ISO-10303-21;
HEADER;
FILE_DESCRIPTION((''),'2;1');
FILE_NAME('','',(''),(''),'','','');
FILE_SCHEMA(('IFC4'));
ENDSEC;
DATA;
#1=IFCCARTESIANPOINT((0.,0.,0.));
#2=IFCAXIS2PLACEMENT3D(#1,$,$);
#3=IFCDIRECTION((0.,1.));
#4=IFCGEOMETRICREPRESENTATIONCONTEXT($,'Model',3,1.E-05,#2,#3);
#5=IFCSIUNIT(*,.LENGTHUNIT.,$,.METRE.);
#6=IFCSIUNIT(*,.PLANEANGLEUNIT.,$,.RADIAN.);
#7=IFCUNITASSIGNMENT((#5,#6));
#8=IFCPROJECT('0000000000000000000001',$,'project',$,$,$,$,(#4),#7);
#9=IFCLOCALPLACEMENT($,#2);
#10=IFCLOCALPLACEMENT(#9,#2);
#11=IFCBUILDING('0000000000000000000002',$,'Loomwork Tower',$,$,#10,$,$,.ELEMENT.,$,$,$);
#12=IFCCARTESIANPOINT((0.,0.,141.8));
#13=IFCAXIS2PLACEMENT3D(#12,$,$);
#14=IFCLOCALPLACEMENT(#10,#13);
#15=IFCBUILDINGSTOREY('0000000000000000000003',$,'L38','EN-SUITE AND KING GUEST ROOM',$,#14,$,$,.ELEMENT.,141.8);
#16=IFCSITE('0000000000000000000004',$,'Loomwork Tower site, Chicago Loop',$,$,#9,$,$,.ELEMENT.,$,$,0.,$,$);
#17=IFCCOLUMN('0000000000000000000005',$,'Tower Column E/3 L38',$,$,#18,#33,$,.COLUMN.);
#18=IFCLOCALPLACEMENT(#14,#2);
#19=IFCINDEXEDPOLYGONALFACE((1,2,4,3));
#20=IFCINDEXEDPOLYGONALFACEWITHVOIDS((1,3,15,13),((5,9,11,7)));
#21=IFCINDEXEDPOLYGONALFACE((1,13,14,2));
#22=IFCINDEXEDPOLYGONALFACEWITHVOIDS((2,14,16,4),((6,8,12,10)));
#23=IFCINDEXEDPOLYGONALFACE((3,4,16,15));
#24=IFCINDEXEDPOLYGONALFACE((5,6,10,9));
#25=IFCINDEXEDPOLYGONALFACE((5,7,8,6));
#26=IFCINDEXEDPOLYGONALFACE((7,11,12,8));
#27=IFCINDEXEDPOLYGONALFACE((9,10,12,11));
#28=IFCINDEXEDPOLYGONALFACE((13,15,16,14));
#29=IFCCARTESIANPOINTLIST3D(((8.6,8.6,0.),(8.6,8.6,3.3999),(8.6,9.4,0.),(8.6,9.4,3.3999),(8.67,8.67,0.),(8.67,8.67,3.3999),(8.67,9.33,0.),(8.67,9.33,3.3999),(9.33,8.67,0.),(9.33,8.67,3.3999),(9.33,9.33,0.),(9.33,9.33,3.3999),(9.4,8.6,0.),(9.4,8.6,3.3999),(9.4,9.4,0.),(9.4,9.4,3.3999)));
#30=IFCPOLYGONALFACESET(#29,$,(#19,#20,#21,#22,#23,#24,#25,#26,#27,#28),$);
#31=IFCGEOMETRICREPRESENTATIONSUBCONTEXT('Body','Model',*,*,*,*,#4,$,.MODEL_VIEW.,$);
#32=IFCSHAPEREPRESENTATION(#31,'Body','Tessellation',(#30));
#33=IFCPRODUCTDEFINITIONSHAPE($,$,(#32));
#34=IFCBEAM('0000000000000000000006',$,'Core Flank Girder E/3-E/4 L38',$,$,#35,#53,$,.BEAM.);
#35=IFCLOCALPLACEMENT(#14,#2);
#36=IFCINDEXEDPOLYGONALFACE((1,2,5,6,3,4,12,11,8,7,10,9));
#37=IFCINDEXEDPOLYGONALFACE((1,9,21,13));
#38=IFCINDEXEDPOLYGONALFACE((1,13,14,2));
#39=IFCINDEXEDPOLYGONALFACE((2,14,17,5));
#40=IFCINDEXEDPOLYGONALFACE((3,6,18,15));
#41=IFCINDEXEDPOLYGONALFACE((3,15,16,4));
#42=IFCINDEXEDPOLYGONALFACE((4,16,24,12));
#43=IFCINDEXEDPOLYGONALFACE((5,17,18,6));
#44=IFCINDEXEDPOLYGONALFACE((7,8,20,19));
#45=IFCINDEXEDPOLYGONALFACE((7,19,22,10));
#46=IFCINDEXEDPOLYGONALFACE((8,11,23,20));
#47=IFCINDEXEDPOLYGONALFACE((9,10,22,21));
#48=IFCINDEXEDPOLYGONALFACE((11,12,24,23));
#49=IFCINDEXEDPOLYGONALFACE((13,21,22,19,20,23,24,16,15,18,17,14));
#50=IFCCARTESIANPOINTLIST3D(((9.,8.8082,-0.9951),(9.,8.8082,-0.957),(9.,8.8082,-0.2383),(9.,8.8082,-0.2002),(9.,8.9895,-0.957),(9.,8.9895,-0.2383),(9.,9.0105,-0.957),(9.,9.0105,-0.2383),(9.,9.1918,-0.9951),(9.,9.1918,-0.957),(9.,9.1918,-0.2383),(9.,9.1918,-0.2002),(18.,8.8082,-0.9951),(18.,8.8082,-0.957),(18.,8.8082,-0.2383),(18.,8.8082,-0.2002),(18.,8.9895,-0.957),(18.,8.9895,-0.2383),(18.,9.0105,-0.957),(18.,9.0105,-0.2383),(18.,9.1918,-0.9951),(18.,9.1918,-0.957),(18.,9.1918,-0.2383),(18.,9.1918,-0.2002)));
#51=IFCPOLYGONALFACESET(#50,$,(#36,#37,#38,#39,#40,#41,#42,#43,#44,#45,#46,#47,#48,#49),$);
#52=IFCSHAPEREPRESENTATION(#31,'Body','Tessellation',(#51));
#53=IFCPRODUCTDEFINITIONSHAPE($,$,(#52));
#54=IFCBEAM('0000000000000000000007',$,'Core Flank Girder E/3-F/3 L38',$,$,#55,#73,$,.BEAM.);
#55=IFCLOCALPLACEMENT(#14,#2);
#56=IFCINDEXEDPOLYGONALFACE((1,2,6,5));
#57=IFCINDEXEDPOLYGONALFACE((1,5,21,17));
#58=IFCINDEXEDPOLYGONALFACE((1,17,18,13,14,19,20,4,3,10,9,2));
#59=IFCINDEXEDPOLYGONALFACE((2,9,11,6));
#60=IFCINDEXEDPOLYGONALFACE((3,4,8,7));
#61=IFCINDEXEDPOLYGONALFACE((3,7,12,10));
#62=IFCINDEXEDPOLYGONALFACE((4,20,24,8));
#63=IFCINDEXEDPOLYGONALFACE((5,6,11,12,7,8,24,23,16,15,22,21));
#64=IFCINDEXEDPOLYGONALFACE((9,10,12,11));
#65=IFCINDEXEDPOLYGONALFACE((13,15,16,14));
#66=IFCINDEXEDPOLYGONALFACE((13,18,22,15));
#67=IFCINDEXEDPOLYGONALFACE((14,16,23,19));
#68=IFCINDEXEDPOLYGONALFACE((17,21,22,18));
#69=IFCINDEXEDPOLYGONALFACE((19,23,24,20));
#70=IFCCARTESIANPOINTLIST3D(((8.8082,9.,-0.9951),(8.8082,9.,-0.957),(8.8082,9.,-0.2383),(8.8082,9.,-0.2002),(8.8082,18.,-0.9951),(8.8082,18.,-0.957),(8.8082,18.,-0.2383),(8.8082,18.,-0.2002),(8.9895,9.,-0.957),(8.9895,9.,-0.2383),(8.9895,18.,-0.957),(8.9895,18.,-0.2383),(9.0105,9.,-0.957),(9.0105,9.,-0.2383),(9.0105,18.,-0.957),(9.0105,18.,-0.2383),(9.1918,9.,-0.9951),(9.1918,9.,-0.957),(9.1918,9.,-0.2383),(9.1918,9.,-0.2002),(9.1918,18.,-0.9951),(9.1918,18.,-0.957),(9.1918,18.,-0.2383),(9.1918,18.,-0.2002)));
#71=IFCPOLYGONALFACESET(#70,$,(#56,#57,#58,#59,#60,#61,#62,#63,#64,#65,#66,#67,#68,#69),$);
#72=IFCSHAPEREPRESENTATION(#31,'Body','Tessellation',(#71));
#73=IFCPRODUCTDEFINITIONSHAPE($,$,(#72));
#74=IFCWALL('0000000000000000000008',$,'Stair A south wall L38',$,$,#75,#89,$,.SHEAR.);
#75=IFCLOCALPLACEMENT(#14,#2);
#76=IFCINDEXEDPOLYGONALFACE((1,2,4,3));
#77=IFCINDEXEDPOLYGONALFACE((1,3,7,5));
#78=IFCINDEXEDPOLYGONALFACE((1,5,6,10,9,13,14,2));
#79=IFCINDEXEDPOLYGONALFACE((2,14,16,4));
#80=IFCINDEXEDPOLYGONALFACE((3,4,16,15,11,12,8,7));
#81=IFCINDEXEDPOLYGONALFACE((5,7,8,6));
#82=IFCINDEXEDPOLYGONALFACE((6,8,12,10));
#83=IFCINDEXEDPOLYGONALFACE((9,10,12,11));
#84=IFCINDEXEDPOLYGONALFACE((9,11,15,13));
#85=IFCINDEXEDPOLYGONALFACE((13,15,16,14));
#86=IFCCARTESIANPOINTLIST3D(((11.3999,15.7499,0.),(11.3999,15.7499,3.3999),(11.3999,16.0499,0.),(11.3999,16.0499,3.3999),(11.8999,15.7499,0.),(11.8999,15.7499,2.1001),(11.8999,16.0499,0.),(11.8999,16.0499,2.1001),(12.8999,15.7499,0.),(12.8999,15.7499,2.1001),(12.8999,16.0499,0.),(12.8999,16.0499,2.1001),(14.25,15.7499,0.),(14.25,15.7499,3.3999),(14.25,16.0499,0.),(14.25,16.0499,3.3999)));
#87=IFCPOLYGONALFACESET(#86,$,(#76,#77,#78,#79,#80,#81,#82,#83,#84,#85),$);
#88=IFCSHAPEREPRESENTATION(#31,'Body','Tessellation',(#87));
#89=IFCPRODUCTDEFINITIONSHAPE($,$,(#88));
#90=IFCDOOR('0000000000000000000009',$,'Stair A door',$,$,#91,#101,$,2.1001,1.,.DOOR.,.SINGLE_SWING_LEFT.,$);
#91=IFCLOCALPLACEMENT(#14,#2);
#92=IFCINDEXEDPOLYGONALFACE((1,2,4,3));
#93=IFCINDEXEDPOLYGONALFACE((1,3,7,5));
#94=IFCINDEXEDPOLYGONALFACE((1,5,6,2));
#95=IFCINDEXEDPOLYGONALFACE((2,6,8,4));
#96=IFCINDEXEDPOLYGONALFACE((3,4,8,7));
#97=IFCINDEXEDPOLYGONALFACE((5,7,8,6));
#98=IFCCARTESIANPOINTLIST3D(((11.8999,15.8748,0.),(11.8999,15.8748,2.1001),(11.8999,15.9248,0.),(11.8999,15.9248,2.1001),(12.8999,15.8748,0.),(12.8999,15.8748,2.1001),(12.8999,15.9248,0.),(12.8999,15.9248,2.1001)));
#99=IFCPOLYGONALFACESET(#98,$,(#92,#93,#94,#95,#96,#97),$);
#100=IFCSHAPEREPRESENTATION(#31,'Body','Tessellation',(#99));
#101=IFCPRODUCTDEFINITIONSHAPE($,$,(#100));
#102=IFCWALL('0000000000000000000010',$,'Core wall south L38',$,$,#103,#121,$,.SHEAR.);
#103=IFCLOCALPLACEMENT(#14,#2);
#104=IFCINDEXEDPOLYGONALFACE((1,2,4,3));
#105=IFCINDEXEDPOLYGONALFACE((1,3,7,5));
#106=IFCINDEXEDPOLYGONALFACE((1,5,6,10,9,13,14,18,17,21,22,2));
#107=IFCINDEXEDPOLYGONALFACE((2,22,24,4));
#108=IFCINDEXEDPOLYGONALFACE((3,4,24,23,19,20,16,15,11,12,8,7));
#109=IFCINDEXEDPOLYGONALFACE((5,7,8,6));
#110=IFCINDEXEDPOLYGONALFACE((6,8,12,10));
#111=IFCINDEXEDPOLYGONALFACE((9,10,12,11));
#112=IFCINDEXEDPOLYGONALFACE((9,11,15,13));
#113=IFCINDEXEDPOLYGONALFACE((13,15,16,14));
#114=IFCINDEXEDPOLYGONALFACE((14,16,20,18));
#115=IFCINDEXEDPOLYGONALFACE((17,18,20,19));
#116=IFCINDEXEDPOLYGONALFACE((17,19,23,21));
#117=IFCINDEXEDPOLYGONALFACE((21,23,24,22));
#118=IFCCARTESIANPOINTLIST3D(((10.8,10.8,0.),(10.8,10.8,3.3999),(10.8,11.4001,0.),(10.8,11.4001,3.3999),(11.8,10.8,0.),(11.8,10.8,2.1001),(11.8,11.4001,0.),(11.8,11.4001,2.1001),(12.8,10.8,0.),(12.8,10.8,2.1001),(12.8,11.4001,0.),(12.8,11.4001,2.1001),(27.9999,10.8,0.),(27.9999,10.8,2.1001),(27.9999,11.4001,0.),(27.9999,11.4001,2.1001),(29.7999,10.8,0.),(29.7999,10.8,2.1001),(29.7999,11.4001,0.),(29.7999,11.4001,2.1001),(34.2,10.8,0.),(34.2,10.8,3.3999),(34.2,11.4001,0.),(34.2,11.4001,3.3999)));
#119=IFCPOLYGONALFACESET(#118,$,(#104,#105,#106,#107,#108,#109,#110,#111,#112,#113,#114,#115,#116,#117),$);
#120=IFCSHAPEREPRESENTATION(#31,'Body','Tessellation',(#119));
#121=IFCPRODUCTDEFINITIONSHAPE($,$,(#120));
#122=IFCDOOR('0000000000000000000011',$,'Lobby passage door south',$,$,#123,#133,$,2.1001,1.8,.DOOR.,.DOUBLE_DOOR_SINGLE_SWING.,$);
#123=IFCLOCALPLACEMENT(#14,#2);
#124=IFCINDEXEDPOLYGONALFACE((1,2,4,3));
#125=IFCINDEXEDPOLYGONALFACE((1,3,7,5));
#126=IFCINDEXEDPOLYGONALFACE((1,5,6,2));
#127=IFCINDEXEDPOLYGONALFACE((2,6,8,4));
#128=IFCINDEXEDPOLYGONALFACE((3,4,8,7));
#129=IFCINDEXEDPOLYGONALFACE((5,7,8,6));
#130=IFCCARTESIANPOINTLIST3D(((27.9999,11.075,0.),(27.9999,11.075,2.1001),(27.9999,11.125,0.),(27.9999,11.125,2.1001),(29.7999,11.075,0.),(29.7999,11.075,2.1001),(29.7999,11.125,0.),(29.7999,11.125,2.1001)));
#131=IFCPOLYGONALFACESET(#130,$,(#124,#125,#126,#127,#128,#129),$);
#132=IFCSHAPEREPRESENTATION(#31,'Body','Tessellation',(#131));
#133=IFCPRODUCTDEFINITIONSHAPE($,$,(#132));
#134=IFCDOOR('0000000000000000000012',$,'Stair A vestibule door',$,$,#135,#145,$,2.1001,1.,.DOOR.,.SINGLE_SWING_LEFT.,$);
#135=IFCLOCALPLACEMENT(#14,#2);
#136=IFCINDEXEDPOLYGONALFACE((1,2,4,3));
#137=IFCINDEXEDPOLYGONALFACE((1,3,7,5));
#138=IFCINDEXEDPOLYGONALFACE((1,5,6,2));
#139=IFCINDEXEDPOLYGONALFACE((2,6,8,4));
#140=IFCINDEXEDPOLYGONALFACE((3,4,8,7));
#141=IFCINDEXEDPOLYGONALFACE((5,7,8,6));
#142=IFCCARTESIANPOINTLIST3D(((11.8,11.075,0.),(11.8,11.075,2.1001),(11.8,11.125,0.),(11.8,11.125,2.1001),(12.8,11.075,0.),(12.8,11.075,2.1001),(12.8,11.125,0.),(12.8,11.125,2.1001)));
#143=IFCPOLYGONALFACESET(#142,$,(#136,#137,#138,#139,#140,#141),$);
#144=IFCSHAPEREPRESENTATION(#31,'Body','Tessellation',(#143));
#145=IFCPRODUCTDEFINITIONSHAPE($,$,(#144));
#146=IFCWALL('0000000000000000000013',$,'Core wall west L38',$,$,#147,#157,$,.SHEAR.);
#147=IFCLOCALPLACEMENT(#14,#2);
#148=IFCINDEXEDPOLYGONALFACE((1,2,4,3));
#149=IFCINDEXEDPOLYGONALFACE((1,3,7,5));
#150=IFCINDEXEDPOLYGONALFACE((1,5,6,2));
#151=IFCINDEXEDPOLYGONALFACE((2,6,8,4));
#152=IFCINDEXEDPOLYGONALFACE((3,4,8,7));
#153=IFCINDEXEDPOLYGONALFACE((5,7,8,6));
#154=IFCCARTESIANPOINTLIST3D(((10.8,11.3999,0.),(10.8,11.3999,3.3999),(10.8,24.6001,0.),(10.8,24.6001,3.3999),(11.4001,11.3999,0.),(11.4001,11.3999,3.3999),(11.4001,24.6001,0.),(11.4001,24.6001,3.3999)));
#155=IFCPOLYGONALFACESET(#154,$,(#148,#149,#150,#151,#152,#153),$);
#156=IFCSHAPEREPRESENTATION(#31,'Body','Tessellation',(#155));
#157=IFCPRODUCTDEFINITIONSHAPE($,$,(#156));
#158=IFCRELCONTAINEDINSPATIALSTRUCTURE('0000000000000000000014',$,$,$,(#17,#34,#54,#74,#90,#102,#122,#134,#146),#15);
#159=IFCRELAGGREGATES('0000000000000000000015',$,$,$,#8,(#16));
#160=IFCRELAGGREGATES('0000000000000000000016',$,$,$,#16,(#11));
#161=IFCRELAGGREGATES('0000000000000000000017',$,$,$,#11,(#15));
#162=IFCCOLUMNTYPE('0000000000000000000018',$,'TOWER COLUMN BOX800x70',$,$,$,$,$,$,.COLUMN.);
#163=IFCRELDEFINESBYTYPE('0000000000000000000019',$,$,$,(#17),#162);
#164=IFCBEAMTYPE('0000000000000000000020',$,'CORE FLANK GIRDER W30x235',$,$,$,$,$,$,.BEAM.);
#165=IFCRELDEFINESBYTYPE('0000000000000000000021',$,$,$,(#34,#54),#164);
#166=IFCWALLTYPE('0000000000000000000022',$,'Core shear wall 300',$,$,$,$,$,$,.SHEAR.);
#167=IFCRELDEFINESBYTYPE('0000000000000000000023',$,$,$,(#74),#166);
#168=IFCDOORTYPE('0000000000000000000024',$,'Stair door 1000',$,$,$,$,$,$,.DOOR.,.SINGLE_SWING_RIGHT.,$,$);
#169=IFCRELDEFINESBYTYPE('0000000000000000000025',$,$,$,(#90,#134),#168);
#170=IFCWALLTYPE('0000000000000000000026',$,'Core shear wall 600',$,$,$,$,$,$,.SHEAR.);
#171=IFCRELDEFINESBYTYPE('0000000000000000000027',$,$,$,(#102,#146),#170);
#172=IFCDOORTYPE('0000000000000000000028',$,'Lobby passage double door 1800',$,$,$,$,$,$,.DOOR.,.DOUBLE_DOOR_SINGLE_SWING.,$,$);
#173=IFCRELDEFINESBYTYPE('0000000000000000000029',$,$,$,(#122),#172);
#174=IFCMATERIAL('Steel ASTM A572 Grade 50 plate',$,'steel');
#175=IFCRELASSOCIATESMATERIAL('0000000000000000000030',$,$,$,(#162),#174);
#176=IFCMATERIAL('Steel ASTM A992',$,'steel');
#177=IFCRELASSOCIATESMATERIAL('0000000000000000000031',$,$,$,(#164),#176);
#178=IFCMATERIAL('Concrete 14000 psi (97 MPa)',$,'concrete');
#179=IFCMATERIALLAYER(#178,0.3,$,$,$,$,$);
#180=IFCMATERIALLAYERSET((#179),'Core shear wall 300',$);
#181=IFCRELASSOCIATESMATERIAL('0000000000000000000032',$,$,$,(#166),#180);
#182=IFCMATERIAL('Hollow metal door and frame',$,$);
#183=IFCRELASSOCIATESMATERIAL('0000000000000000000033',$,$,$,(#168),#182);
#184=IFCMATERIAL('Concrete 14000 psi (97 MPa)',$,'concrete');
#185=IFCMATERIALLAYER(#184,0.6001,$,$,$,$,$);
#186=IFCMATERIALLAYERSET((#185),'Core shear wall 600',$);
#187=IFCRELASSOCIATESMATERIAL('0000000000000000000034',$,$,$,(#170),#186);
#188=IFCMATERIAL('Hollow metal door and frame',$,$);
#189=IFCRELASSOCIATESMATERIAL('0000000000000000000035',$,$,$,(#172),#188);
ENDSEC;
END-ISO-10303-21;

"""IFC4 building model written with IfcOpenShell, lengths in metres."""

from ifc_helpers import new_model, si_unit, direction, frame, frame_2d, origin, origin_2d, place, context, subcontext, project, spatial, rectangle, hollow_rectangle, i_section, extrude, material, layer, layer_set, material_profile, profile_set, type_object, element, fill, save


model = new_model("IFC4")

# Units and contexts
model_context = context("Model", 3, precision=1e-05, world=origin(), true_north=direction((0.0, 1.0)))
body_context = subcontext(model_context, "Body", "Model", "MODEL_VIEW")
ifc_project = project(units=[si_unit("LENGTHUNIT", "METRE"), si_unit("PLANEANGLEUNIT", "RADIAN")], contexts=[model_context])

# Site, building, storey
site_placement = place(None, origin())
site = spatial("IfcSite", under=ifc_project, at=site_placement, Name="Loomwork Tower site, Chicago Loop", CompositionType="ELEMENT", RefElevation=0.0)
building_placement = place(site_placement, origin())
building = spatial("IfcBuilding", under=site, at=building_placement, Name="Loomwork Tower", CompositionType="ELEMENT")
storey_placement = place(building_placement, frame((0.0, 0.0, 141.8)))
storey = spatial("IfcBuildingStorey", under=building, at=storey_placement, Name="L38", Description="EN-SUITE AND KING GUEST ROOM", CompositionType="ELEMENT", Elevation=141.8)

# Column
ifc_material_1 = material(Name="Steel ASTM A572 Grade 50 plate", Category="steel")
ifc_material_profile_1 = material_profile(ifc_material_1, hollow_rectangle(XDim=0.8, YDim=0.8, WallThickness=0.0701, at=origin_2d()), Name="BOX800x70")
ifc_profile_set_1 = profile_set([ifc_material_profile_1], Name="Steel ASTM A572 Grade 50 plate")
column_type = type_object("IfcColumnType", Name="TOWER COLUMN BOX800x70", PredefinedType="COLUMN", material=ifc_profile_set_1)
column_placement = place(storey_placement, frame((9.0, 9.0, 0.0), z_axis=(0.0, 0.0, 1.0), x_axis=(1.0, 0.0, 0.0)))
element("IfcColumn", 1, at=column_placement, inside=storey, type_object=column_type, Name="Tower Column E/3 L38", PredefinedType="COLUMN", context=body_context, shape_type="SweptSolid", body=[
    extrude(hollow_rectangle(XDim=0.8, YDim=0.8, WallThickness=0.0701, at=origin_2d()), origin(), (0.0, 0.0, 1.0), 3.3999),
])

# Beams
ifc_material_2 = material(Name="Steel ASTM A992", Category="steel")
ifc_material_profile_2 = material_profile(ifc_material_2, i_section(OverallWidth=0.3835, OverallDepth=0.7949, WebThickness=0.021, FlangeThickness=0.0381, at=origin_2d()), Name="W30x235")
ifc_profile_set_2 = profile_set([ifc_material_profile_2], Name="Steel ASTM A992")
beam_type = type_object("IfcBeamType", Name="CORE FLANK GIRDER W30x235", PredefinedType="BEAM", material=ifc_profile_set_2)
for number, where, z_axis, x_axis, name in (
    (2, (9.0, 9.0, -0.5977), (1.0, 0.0, 0.0), (0.0, 1.0, 0.0), "Core Flank Girder E/3-E/4 L38"),
    (3, (9.0, 9.0, -0.5977), (0.0, 1.0, 0.0), (-1.0, 0.0, 0.0), "Core Flank Girder E/3-F/3 L38"),
):
    element("IfcBeam", number, at=place(storey_placement, frame(where, z_axis=z_axis, x_axis=x_axis)), inside=storey, type_object=beam_type, Name=name, PredefinedType="BEAM", context=body_context, shape_type="SweptSolid", body=[
        extrude(i_section(OverallWidth=0.3835, OverallDepth=0.7949, WebThickness=0.021, FlangeThickness=0.0381, at=origin_2d()), origin(), (0.0, 0.0, 1.0), 9.0),
    ])

# Wall, opening, door
ifc_material_3 = material(Name="Concrete 14000 psi (97 MPa)", Category="concrete")
ifc_layer_1 = layer(ifc_material_3, 0.3)
ifc_layer_set_1 = layer_set([ifc_layer_1], Name="Core shear wall 300")
wall_type_1 = type_object("IfcWallType", Name="Core shear wall 300", PredefinedType="SHEAR", material=ifc_layer_set_1)
wall_1_placement = place(storey_placement, frame((11.3999, 15.8999, 0.0), z_axis=(0.0, 0.0, 1.0), x_axis=(1.0, 0.0, 0.0)))
wall_1 = element("IfcWall", 4, at=wall_1_placement, inside=storey, type_object=wall_type_1, Name="Stair A south wall L38", PredefinedType="SHEAR", context=body_context, shape_type="SweptSolid", body=[
    extrude(rectangle(XDim=2.8501, YDim=0.3, at=frame_2d((1.425, 0.0))), origin(), (0.0, 0.0, 1.0), 3.3999),
])
opening_1_placement = place(wall_1_placement, frame((0.5, 0.0, 0.0)))
opening_1 = element("IfcOpeningElement", 5, at=opening_1_placement, cuts=wall_1, PredefinedType="OPENING", context=body_context, shape_type="SweptSolid", body=[
    extrude(rectangle(XDim=1.0, YDim=2.1001, at=frame_2d((0.5, 1.05))), frame((0.0, 0.1599, 0.0), z_axis=(0.0, -1.0, 0.0), x_axis=(1.0, 0.0, 0.0)), (0.0, 0.0, 1.0), 0.3201),
])
ifc_material_4 = material(Name="Hollow metal door and frame")
door_type_1 = type_object("IfcDoorType", Name="Stair door 1000", OperationType="SINGLE_SWING_RIGHT", PredefinedType="DOOR", material=ifc_material_4)
door_1_placement = place(opening_1_placement, origin())
door_1 = element("IfcDoor", 6, at=door_1_placement, inside=storey, type_object=door_type_1, Name="Stair A door", OperationType="SINGLE_SWING_LEFT", OverallHeight=2.1001, OverallWidth=1.0, PredefinedType="DOOR", context=body_context, shape_type="SweptSolid", body=[
    extrude(rectangle(XDim=1.0, YDim=2.1001, at=frame_2d((0.5, 1.05))), frame((0.0, 0.0249, 0.0), z_axis=(0.0, -1.0, 0.0), x_axis=(1.0, 0.0, 0.0)), (0.0, 0.0, 1.0), 0.05),
])
fill(opening_1, door_1)

# Wall, openings, doors
ifc_material_5 = material(Name="Concrete 14000 psi (97 MPa)", Category="concrete")
ifc_layer_2 = layer(ifc_material_5, 0.6001)
ifc_layer_set_2 = layer_set([ifc_layer_2], Name="Core shear wall 600")
wall_type_2 = type_object("IfcWallType", Name="Core shear wall 600", PredefinedType="SHEAR", material=ifc_layer_set_2)
wall_2_placement = place(storey_placement, frame((10.8, 11.1001, 0.0), z_axis=(0.0, 0.0, 1.0), x_axis=(1.0, 0.0, 0.0)))
wall_2 = element("IfcWall", 7, at=wall_2_placement, inside=storey, type_object=wall_type_2, Name="Core wall south L38", PredefinedType="SHEAR", context=body_context, shape_type="SweptSolid", body=[
    extrude(rectangle(XDim=23.3999, YDim=0.6001, at=frame_2d((11.7, 0.0))), origin(), (0.0, 0.0, 1.0), 3.3999),
])
opening_2_placement = place(wall_2_placement, frame((1.0, 0.0, 0.0)))
opening_2 = element("IfcOpeningElement", 8, at=opening_2_placement, cuts=wall_2, PredefinedType="OPENING", context=body_context, shape_type="SweptSolid", body=[
    extrude(rectangle(XDim=1.0, YDim=2.1001, at=frame_2d((0.5, 1.05))), frame((0.0, 0.3101, 0.0), z_axis=(0.0, -1.0, 0.0), x_axis=(1.0, 0.0, 0.0)), (0.0, 0.0, 1.0), 0.6201),
])
opening_3_placement = place(wall_2_placement, frame((17.2, 0.0, 0.0)))
opening_3 = element("IfcOpeningElement", 9, at=opening_3_placement, cuts=wall_2, PredefinedType="OPENING", context=body_context, shape_type="SweptSolid", body=[
    extrude(rectangle(XDim=1.8, YDim=2.1001, at=frame_2d((0.8999, 1.05))), frame((0.0, 0.3101, 0.0), z_axis=(0.0, -1.0, 0.0), x_axis=(1.0, 0.0, 0.0)), (0.0, 0.0, 1.0), 0.6201),
])
ifc_material_6 = material(Name="Hollow metal door and frame")
door_type_2 = type_object("IfcDoorType", Name="Lobby passage double door 1800", OperationType="DOUBLE_DOOR_SINGLE_SWING", PredefinedType="DOOR", material=ifc_material_6)
door_2_placement = place(opening_3_placement, origin())
door_2 = element("IfcDoor", 10, at=door_2_placement, inside=storey, type_object=door_type_2, Name="Lobby passage door south", OperationType="DOUBLE_DOOR_SINGLE_SWING", OverallHeight=2.1001, OverallWidth=1.8, PredefinedType="DOOR", context=body_context, shape_type="SweptSolid", body=[
    extrude(rectangle(XDim=1.8, YDim=2.1001, at=frame_2d((0.8999, 1.05))), frame((0.0, 0.0249, 0.0), z_axis=(0.0, -1.0, 0.0), x_axis=(1.0, 0.0, 0.0)), (0.0, 0.0, 1.0), 0.05),
])
fill(opening_3, door_2)
door_3_placement = place(opening_2_placement, origin())
door_3 = element("IfcDoor", 11, at=door_3_placement, inside=storey, type_object=door_type_1, Name="Stair A vestibule door", OperationType="SINGLE_SWING_LEFT", OverallHeight=2.1001, OverallWidth=1.0, PredefinedType="DOOR", context=body_context, shape_type="SweptSolid", body=[
    extrude(rectangle(XDim=1.0, YDim=2.1001, at=frame_2d((0.5, 1.05))), frame((0.0, 0.0249, 0.0), z_axis=(0.0, -1.0, 0.0), x_axis=(1.0, 0.0, 0.0)), (0.0, 0.0, 1.0), 0.05),
])
fill(opening_2, door_3)

# Wall
wall_3_placement = place(storey_placement, frame((11.1001, 11.3999, 0.0), z_axis=(0.0, 0.0, 1.0), x_axis=(0.0, 1.0, 0.0)))
element("IfcWall", 12, at=wall_3_placement, inside=storey, type_object=wall_type_2, Name="Core wall west L38", PredefinedType="SHEAR", context=body_context, shape_type="SweptSolid", body=[
    extrude(rectangle(XDim=13.2002, YDim=0.6001, at=frame_2d((6.6001, 0.0))), origin(), (0.0, 0.0, 1.0), 3.3999),
])

save(model, "model.ifc")
